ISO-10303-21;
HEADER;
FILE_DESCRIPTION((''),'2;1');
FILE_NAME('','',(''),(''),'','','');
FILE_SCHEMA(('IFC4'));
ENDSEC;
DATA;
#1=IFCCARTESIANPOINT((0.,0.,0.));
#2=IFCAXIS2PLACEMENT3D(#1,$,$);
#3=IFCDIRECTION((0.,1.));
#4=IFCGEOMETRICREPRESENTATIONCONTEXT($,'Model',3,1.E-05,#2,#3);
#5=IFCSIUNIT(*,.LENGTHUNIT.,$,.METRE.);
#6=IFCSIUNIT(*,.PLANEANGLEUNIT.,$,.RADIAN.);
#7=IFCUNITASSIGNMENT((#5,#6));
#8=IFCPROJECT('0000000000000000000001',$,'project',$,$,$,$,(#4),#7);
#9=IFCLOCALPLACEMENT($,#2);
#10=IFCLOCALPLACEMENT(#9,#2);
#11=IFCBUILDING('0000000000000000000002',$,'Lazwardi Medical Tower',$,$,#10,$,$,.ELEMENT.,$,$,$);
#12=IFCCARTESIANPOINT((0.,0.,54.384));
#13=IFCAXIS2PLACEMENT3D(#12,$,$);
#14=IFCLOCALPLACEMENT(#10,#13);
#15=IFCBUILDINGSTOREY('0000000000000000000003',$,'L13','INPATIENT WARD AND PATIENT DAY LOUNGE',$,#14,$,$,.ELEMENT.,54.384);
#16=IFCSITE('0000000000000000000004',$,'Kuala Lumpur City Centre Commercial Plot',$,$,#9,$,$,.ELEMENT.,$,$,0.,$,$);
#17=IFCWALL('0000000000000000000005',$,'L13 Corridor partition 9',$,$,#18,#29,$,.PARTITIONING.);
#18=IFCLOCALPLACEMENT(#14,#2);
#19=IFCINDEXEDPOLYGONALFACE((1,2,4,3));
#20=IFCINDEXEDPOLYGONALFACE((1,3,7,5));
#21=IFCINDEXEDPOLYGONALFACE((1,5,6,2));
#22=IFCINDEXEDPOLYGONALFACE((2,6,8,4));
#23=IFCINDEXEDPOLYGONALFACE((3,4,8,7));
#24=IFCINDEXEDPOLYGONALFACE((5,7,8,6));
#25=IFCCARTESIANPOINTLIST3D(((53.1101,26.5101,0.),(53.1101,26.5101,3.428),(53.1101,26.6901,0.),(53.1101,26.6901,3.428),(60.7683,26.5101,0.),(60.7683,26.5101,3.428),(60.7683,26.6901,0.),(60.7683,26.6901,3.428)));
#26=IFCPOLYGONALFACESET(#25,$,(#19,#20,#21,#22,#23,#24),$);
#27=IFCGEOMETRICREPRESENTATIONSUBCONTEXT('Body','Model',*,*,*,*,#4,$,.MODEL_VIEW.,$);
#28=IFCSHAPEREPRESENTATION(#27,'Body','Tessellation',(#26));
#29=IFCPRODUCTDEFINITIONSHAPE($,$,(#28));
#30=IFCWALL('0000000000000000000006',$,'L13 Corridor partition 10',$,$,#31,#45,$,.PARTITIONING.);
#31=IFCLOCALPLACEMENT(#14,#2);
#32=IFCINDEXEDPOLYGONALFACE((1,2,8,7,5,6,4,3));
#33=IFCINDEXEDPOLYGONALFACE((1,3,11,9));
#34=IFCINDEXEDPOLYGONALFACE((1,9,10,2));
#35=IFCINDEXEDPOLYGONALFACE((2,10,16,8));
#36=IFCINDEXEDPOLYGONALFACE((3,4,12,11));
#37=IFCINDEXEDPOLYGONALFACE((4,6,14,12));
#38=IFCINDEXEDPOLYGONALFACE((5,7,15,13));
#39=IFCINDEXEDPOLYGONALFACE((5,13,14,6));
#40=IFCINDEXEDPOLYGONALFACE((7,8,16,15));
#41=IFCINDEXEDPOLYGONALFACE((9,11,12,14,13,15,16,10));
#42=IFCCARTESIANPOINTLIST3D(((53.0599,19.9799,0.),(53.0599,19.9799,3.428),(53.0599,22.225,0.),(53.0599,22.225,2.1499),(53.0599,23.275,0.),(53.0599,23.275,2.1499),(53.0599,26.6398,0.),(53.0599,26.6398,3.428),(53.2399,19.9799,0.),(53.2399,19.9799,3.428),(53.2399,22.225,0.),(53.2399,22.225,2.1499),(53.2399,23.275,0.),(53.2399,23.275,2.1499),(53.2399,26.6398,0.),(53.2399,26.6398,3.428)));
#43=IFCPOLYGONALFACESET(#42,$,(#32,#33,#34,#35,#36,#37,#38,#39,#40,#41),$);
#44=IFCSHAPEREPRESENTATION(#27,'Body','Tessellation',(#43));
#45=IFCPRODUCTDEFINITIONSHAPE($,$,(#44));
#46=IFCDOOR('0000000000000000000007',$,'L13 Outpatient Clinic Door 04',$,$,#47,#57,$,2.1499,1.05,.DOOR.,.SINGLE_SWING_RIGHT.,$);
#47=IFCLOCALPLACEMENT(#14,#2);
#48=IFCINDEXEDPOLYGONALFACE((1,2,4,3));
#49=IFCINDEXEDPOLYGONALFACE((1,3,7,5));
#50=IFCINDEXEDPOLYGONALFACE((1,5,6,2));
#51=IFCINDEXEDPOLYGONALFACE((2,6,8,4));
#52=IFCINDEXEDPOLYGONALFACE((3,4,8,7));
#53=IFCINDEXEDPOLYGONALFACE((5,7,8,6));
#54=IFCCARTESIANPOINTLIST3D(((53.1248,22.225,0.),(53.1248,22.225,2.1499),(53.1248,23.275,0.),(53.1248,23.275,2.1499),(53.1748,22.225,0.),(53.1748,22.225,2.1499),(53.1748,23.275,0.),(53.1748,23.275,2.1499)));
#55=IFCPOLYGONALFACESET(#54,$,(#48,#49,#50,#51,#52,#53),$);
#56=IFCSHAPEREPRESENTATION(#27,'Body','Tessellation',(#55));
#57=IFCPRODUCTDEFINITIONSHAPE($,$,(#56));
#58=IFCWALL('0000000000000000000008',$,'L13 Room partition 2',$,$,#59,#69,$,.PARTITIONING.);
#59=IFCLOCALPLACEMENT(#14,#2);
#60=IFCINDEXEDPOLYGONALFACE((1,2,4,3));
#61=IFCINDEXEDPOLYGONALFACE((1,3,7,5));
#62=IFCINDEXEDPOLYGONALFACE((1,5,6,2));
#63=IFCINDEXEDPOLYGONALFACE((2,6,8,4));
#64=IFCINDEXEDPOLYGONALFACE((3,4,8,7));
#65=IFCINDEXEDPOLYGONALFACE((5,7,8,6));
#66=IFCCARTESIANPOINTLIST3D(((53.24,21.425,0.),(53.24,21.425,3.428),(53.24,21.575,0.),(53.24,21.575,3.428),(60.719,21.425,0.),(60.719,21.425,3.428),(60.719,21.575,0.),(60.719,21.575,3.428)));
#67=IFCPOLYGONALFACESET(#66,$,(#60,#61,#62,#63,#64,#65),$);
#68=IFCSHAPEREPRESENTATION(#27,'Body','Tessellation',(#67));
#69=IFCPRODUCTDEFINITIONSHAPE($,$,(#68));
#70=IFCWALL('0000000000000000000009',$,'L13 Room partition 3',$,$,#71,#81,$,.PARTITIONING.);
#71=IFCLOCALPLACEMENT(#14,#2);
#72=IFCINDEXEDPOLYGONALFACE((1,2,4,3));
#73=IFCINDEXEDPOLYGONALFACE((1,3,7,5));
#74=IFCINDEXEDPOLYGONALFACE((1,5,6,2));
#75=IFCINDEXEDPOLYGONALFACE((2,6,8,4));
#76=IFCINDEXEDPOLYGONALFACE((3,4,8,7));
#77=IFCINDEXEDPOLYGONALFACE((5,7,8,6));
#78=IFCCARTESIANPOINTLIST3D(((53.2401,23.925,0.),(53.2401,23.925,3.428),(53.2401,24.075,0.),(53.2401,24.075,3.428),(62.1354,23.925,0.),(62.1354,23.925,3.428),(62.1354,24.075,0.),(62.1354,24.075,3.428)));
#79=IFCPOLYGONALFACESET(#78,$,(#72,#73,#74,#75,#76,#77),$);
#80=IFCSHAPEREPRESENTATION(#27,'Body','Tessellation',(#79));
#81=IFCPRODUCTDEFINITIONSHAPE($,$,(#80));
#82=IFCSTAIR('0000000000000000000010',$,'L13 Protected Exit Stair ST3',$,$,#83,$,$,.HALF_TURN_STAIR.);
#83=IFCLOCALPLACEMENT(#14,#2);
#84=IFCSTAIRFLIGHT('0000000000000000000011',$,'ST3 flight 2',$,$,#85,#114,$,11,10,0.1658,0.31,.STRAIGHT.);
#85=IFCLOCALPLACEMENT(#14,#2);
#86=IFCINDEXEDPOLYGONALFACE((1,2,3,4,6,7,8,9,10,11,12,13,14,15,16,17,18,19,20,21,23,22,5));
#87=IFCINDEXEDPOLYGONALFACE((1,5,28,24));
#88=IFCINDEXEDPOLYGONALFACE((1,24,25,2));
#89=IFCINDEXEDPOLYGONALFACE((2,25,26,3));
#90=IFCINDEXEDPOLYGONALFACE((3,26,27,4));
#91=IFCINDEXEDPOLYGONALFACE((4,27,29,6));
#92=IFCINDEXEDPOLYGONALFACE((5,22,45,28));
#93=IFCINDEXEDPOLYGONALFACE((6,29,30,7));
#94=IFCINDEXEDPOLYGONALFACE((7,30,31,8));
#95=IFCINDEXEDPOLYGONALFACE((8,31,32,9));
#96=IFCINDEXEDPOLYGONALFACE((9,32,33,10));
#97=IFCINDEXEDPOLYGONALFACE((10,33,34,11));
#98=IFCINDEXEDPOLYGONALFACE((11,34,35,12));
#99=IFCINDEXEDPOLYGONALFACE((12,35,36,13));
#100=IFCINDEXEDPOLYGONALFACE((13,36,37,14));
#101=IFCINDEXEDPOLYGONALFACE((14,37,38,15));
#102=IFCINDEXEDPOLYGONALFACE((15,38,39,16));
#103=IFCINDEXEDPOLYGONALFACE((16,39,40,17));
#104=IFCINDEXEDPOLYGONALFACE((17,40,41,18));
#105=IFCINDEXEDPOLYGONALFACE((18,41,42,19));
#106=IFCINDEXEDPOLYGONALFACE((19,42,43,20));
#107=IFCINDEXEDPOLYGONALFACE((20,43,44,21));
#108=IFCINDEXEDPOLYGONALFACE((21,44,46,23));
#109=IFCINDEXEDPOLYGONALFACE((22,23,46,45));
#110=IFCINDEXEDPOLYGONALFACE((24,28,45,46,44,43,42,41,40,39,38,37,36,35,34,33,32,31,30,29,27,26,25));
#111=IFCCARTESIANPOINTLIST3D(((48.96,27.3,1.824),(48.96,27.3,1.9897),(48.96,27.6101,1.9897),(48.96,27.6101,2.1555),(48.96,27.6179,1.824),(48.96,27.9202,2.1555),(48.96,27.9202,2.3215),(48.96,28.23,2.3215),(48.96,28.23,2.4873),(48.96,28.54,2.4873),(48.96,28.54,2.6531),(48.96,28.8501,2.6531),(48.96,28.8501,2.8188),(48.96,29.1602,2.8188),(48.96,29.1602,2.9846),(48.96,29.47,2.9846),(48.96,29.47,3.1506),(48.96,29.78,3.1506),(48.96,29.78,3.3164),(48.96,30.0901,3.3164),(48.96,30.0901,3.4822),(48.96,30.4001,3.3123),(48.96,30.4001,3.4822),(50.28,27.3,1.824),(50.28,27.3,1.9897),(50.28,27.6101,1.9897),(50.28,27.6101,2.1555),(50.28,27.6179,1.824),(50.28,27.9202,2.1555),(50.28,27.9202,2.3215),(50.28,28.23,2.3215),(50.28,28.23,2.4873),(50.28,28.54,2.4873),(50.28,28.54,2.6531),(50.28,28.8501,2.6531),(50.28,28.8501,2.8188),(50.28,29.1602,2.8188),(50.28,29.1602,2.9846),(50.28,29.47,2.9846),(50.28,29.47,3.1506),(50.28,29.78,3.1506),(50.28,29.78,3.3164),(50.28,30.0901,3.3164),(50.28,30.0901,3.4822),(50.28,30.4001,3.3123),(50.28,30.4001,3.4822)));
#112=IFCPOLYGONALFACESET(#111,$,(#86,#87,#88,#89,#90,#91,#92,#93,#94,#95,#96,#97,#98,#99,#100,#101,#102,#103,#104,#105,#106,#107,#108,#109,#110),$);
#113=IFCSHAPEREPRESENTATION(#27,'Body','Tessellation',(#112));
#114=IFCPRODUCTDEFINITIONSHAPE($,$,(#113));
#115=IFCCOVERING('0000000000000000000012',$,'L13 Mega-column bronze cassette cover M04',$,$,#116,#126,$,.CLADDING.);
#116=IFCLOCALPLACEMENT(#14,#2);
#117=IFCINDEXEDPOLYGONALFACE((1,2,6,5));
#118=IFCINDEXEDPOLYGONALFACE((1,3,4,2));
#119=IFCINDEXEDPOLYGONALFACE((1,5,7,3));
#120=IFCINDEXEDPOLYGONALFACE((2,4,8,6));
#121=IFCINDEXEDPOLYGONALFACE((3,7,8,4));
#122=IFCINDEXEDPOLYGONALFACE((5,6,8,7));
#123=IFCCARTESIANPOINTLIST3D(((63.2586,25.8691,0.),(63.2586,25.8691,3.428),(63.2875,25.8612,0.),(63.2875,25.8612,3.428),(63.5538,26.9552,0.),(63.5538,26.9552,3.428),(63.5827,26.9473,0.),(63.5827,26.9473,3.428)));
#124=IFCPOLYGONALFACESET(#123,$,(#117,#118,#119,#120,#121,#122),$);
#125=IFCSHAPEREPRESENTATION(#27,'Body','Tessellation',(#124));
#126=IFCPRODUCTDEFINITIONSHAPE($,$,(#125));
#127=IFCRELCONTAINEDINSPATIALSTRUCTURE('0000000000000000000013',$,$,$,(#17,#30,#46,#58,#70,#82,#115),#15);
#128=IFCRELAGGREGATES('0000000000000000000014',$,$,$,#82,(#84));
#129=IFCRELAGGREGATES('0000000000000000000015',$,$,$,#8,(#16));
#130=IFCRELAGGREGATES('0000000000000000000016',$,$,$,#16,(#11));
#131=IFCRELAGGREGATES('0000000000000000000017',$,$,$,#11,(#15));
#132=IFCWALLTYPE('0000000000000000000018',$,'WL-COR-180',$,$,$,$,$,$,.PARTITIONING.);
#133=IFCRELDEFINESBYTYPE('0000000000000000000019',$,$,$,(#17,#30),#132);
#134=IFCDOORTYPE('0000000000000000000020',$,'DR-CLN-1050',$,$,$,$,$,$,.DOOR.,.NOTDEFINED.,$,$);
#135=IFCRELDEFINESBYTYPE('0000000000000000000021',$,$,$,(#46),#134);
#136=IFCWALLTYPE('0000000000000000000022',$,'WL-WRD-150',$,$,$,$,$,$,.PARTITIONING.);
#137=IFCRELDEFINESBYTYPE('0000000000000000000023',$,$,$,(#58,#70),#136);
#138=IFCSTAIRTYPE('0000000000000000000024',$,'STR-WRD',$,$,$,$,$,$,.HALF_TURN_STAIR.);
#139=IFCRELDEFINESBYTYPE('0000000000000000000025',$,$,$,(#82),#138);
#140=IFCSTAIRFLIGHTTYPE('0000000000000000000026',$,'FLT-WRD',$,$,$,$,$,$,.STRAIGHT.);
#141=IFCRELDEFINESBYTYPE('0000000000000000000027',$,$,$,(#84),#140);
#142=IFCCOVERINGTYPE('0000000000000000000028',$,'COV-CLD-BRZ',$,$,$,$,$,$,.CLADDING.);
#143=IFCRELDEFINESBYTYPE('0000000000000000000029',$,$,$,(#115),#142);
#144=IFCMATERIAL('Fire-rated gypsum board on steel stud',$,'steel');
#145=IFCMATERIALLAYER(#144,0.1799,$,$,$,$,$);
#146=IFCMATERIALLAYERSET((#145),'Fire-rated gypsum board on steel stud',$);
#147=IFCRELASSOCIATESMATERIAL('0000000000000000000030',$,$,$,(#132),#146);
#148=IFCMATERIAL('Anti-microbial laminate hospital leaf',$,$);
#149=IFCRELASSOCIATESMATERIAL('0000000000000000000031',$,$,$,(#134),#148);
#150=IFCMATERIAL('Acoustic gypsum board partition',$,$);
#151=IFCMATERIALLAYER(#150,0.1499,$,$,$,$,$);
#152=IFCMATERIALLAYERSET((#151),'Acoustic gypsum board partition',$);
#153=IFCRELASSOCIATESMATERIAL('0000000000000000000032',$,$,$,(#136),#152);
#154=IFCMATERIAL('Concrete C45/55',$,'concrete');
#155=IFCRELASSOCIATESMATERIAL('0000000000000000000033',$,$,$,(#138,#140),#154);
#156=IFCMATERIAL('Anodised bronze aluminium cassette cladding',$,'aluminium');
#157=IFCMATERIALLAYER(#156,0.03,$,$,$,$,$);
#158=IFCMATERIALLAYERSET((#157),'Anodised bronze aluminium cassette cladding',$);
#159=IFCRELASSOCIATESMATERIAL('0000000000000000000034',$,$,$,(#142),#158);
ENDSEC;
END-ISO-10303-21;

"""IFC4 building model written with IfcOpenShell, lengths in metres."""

from ifc_helpers import new_model, si_unit, direction, frame, frame_2d, origin, origin_2d, place, context, subcontext, project, spatial, polyline, rectangle, outline, extrude, material, layer, layer_set, type_object, element, fill, aggregate, save


model = new_model("IFC4")

# Units and contexts
model_context = context("Model", 3, precision=1e-05, world=origin(), true_north=direction((0.0, 1.0)))
body_context = subcontext(model_context, "Body", "Model", "MODEL_VIEW")
ifc_project = project(units=[si_unit("LENGTHUNIT", "METRE"), si_unit("PLANEANGLEUNIT", "RADIAN")], contexts=[model_context])

# Site, building, storey
site_placement = place(None, origin())
site = spatial("IfcSite", under=ifc_project, at=site_placement, Name="Kuala Lumpur City Centre Commercial Plot", CompositionType="ELEMENT", RefElevation=0.0)
building_placement = place(site_placement, origin())
building = spatial("IfcBuilding", under=site, at=building_placement, Name="Lazwardi Medical Tower", CompositionType="ELEMENT")
storey_placement = place(building_placement, frame((0.0, 0.0, 54.384)))
storey = spatial("IfcBuildingStorey", under=building, at=storey_placement, Name="L13", Description="INPATIENT WARD AND PATIENT DAY LOUNGE", CompositionType="ELEMENT", Elevation=54.384)

# Shared definitions
ifc_material_1 = material(Name="Fire-rated gypsum board on steel stud", Category="steel")
ifc_layer_1 = layer(ifc_material_1, 0.1799)
ifc_layer_set_1 = layer_set([ifc_layer_1], Name="Fire-rated gypsum board on steel stud")
wall_type_1 = type_object("IfcWallType", Name="WL-COR-180", PredefinedType="PARTITIONING", material=ifc_layer_set_1)
ifc_material_2 = material(Name="Anti-microbial laminate hospital leaf")

# Wall
wall_1_placement = place(storey_placement, frame((60.7683, 26.6001, 0.0), z_axis=(0.0, 0.0, 1.0), x_axis=(-1.0, 0.0, 0.0)))
element("IfcWall", 1, at=wall_1_placement, inside=storey, type_object=wall_type_1, Name="L13 Corridor partition 9", PredefinedType="PARTITIONING", context=body_context, shape_type="SweptSolid", body=[
    extrude(rectangle(XDim=7.6582, YDim=0.1799, at=frame_2d((3.8291, 0.0))), origin(), (0.0, 0.0, 1.0), 3.428),
])

# Wall, opening, door
wall_2_placement = place(storey_placement, frame((53.1499, 26.6399, 0.0), z_axis=(0.0, 0.0, 1.0), x_axis=(0.0, -1.0, 0.0)))
wall_2 = element("IfcWall", 2, at=wall_2_placement, inside=storey, type_object=wall_type_1, Name="L13 Corridor partition 10", PredefinedType="PARTITIONING", context=body_context, shape_type="SweptSolid", body=[
    extrude(rectangle(XDim=6.6599, YDim=0.1799, at=frame_2d((3.3301, 0.0))), origin(), (0.0, 0.0, 1.0), 3.428),
])
opening_1_placement = place(wall_2_placement, frame((3.365, 0.0, 0.0)))
opening_1 = element("IfcOpeningElement", 3, at=opening_1_placement, cuts=wall_2, PredefinedType="OPENING", context=body_context, shape_type="SweptSolid", body=[
    extrude(rectangle(XDim=1.05, YDim=2.1499, at=frame_2d((0.5249, 1.075))), frame((0.0, 0.0999, 0.0), z_axis=(0.0, -1.0, 0.0), x_axis=(1.0, 0.0, 0.0)), (0.0, 0.0, 1.0), 0.2),
])
door_type_1 = type_object("IfcDoorType", Name="DR-CLN-1050", OperationType="NOTDEFINED", PredefinedType="DOOR", material=ifc_material_2)
door_1_placement = place(opening_1_placement, origin())
door_1 = element("IfcDoor", 4, at=door_1_placement, inside=storey, type_object=door_type_1, Name="L13 Outpatient Clinic Door 04", OperationType="SINGLE_SWING_RIGHT", OverallHeight=2.1499, OverallWidth=1.05, PredefinedType="DOOR", context=body_context, shape_type="SweptSolid", body=[
    extrude(rectangle(XDim=1.05, YDim=2.1499, at=frame_2d((0.5249, 1.075))), frame((0.0, 0.0249, 0.0), z_axis=(0.0, -1.0, 0.0), x_axis=(1.0, 0.0, 0.0)), (0.0, 0.0, 1.0), 0.05),
])
fill(opening_1, door_1)

# Walls
ifc_material_3 = material(Name="Acoustic gypsum board partition")
ifc_layer_2 = layer(ifc_material_3, 0.1499)
ifc_layer_set_2 = layer_set([ifc_layer_2], Name="Acoustic gypsum board partition")
wall_type_2 = type_object("IfcWallType", Name="WL-WRD-150", PredefinedType="PARTITIONING", material=ifc_layer_set_2)
wall_3_placement = place(storey_placement, frame((53.24, 21.5, 0.0), z_axis=(0.0, 0.0, 1.0), x_axis=(1.0, 0.0, 0.0)))
element("IfcWall", 5, at=wall_3_placement, inside=storey, type_object=wall_type_2, Name="L13 Room partition 2", PredefinedType="PARTITIONING", context=body_context, shape_type="SweptSolid", body=[
    extrude(rectangle(XDim=7.479, YDim=0.1499, at=frame_2d((3.7395, 0.0))), origin(), (0.0, 0.0, 1.0), 3.428),
])
wall_4_placement = place(storey_placement, frame((53.24, 24.0, 0.0), z_axis=(0.0, 0.0, 1.0), x_axis=(1.0, 0.0, 0.0)))
element("IfcWall", 6, at=wall_4_placement, inside=storey, type_object=wall_type_2, Name="L13 Room partition 3", PredefinedType="PARTITIONING", context=body_context, shape_type="SweptSolid", body=[
    extrude(rectangle(XDim=8.8953, YDim=0.1499, at=frame_2d((4.4478, 0.0))), origin(), (0.0, 0.0, 1.0), 3.428),
])

# Stair, stair flight
ifc_material_4 = material(Name="Concrete C45/55", Category="concrete")
stair_type = type_object("IfcStairType", Name="STR-WRD", PredefinedType="HALF_TURN_STAIR", material=ifc_material_4)
stair_placement = place(storey_placement, origin())
stair = element("IfcStair", 7, at=stair_placement, inside=storey, type_object=stair_type, Name="L13 Protected Exit Stair ST3", PredefinedType="HALF_TURN_STAIR")
stair_flight_type = type_object("IfcStairFlightType", Name="FLT-WRD", PredefinedType="STRAIGHT", material=ifc_material_4)
stair_flight_placement = place(storey_placement, frame((49.6201, 27.3, 1.824), z_axis=(0.0, 0.0, 1.0), x_axis=(0.0, 1.0, 0.0)))
stair_flight = element("IfcStairFlight", 8, at=stair_flight_placement, type_object=stair_flight_type, Name="ST3 flight 2", NumberOfRisers=11, NumberOfTreads=10, PredefinedType="STRAIGHT", RiserHeight=0.1658, TreadLength=0.31, context=body_context, shape_type="SweptSolid", body=[
    extrude(outline(polyline([(0.0, 0.0), (0.0, 0.1658), (0.3101, 0.1658), (0.3101, 0.3315), (0.6201, 0.3315), (0.6201, 0.4976), (0.9299, 0.4976), (0.9299, 0.6633), (1.24, 0.6633), (1.24, 0.8291), (1.55, 0.8291), (1.55, 0.9949), (1.8601, 0.9949), (1.8601, 1.1606), (2.1699, 1.1606), (2.1699, 1.3267), (2.48, 1.3267), (2.48, 1.4924), (2.79, 1.4924), (2.79, 1.6582), (3.1001, 1.6582), (3.1001, 1.824), (3.1001, 1.4883), (0.3179, 0.0), (0.0, 0.0)])), frame((0.0, 0.6602, 0.0), z_axis=(0.0, -1.0, 0.0), x_axis=(1.0, 0.0, 0.0)), (0.0, 0.0, 1.0), 1.3201),
])
aggregate(stair, [stair_flight])

# Covering
ifc_material_5 = material(Name="Anodised bronze aluminium cassette cladding", Category="aluminium")
ifc_layer_3 = layer(ifc_material_5, 0.03)
ifc_layer_set_3 = layer_set([ifc_layer_3], Name="Anodised bronze aluminium cassette cladding")
covering_type = type_object("IfcCoveringType", Name="COV-CLD-BRZ", PredefinedType="CLADDING", material=ifc_layer_set_3)
covering_placement = place(storey_placement, frame((63.4207, 26.4082, 0.0), z_axis=(0.0, 0.0, 1.0), x_axis=(0.262283, 0.964991, 0.0)))
element("IfcCovering", 9, at=covering_placement, inside=storey, type_object=covering_type, Name="L13 Mega-column bronze cassette cover M04", PredefinedType="CLADDING", context=body_context, shape_type="SweptSolid", body=[
    extrude(rectangle(XDim=1.1255, YDim=0.03, at=origin_2d()), origin(), (0.0, 0.0, 1.0), 3.428),
])

save(model, "model.ifc")
